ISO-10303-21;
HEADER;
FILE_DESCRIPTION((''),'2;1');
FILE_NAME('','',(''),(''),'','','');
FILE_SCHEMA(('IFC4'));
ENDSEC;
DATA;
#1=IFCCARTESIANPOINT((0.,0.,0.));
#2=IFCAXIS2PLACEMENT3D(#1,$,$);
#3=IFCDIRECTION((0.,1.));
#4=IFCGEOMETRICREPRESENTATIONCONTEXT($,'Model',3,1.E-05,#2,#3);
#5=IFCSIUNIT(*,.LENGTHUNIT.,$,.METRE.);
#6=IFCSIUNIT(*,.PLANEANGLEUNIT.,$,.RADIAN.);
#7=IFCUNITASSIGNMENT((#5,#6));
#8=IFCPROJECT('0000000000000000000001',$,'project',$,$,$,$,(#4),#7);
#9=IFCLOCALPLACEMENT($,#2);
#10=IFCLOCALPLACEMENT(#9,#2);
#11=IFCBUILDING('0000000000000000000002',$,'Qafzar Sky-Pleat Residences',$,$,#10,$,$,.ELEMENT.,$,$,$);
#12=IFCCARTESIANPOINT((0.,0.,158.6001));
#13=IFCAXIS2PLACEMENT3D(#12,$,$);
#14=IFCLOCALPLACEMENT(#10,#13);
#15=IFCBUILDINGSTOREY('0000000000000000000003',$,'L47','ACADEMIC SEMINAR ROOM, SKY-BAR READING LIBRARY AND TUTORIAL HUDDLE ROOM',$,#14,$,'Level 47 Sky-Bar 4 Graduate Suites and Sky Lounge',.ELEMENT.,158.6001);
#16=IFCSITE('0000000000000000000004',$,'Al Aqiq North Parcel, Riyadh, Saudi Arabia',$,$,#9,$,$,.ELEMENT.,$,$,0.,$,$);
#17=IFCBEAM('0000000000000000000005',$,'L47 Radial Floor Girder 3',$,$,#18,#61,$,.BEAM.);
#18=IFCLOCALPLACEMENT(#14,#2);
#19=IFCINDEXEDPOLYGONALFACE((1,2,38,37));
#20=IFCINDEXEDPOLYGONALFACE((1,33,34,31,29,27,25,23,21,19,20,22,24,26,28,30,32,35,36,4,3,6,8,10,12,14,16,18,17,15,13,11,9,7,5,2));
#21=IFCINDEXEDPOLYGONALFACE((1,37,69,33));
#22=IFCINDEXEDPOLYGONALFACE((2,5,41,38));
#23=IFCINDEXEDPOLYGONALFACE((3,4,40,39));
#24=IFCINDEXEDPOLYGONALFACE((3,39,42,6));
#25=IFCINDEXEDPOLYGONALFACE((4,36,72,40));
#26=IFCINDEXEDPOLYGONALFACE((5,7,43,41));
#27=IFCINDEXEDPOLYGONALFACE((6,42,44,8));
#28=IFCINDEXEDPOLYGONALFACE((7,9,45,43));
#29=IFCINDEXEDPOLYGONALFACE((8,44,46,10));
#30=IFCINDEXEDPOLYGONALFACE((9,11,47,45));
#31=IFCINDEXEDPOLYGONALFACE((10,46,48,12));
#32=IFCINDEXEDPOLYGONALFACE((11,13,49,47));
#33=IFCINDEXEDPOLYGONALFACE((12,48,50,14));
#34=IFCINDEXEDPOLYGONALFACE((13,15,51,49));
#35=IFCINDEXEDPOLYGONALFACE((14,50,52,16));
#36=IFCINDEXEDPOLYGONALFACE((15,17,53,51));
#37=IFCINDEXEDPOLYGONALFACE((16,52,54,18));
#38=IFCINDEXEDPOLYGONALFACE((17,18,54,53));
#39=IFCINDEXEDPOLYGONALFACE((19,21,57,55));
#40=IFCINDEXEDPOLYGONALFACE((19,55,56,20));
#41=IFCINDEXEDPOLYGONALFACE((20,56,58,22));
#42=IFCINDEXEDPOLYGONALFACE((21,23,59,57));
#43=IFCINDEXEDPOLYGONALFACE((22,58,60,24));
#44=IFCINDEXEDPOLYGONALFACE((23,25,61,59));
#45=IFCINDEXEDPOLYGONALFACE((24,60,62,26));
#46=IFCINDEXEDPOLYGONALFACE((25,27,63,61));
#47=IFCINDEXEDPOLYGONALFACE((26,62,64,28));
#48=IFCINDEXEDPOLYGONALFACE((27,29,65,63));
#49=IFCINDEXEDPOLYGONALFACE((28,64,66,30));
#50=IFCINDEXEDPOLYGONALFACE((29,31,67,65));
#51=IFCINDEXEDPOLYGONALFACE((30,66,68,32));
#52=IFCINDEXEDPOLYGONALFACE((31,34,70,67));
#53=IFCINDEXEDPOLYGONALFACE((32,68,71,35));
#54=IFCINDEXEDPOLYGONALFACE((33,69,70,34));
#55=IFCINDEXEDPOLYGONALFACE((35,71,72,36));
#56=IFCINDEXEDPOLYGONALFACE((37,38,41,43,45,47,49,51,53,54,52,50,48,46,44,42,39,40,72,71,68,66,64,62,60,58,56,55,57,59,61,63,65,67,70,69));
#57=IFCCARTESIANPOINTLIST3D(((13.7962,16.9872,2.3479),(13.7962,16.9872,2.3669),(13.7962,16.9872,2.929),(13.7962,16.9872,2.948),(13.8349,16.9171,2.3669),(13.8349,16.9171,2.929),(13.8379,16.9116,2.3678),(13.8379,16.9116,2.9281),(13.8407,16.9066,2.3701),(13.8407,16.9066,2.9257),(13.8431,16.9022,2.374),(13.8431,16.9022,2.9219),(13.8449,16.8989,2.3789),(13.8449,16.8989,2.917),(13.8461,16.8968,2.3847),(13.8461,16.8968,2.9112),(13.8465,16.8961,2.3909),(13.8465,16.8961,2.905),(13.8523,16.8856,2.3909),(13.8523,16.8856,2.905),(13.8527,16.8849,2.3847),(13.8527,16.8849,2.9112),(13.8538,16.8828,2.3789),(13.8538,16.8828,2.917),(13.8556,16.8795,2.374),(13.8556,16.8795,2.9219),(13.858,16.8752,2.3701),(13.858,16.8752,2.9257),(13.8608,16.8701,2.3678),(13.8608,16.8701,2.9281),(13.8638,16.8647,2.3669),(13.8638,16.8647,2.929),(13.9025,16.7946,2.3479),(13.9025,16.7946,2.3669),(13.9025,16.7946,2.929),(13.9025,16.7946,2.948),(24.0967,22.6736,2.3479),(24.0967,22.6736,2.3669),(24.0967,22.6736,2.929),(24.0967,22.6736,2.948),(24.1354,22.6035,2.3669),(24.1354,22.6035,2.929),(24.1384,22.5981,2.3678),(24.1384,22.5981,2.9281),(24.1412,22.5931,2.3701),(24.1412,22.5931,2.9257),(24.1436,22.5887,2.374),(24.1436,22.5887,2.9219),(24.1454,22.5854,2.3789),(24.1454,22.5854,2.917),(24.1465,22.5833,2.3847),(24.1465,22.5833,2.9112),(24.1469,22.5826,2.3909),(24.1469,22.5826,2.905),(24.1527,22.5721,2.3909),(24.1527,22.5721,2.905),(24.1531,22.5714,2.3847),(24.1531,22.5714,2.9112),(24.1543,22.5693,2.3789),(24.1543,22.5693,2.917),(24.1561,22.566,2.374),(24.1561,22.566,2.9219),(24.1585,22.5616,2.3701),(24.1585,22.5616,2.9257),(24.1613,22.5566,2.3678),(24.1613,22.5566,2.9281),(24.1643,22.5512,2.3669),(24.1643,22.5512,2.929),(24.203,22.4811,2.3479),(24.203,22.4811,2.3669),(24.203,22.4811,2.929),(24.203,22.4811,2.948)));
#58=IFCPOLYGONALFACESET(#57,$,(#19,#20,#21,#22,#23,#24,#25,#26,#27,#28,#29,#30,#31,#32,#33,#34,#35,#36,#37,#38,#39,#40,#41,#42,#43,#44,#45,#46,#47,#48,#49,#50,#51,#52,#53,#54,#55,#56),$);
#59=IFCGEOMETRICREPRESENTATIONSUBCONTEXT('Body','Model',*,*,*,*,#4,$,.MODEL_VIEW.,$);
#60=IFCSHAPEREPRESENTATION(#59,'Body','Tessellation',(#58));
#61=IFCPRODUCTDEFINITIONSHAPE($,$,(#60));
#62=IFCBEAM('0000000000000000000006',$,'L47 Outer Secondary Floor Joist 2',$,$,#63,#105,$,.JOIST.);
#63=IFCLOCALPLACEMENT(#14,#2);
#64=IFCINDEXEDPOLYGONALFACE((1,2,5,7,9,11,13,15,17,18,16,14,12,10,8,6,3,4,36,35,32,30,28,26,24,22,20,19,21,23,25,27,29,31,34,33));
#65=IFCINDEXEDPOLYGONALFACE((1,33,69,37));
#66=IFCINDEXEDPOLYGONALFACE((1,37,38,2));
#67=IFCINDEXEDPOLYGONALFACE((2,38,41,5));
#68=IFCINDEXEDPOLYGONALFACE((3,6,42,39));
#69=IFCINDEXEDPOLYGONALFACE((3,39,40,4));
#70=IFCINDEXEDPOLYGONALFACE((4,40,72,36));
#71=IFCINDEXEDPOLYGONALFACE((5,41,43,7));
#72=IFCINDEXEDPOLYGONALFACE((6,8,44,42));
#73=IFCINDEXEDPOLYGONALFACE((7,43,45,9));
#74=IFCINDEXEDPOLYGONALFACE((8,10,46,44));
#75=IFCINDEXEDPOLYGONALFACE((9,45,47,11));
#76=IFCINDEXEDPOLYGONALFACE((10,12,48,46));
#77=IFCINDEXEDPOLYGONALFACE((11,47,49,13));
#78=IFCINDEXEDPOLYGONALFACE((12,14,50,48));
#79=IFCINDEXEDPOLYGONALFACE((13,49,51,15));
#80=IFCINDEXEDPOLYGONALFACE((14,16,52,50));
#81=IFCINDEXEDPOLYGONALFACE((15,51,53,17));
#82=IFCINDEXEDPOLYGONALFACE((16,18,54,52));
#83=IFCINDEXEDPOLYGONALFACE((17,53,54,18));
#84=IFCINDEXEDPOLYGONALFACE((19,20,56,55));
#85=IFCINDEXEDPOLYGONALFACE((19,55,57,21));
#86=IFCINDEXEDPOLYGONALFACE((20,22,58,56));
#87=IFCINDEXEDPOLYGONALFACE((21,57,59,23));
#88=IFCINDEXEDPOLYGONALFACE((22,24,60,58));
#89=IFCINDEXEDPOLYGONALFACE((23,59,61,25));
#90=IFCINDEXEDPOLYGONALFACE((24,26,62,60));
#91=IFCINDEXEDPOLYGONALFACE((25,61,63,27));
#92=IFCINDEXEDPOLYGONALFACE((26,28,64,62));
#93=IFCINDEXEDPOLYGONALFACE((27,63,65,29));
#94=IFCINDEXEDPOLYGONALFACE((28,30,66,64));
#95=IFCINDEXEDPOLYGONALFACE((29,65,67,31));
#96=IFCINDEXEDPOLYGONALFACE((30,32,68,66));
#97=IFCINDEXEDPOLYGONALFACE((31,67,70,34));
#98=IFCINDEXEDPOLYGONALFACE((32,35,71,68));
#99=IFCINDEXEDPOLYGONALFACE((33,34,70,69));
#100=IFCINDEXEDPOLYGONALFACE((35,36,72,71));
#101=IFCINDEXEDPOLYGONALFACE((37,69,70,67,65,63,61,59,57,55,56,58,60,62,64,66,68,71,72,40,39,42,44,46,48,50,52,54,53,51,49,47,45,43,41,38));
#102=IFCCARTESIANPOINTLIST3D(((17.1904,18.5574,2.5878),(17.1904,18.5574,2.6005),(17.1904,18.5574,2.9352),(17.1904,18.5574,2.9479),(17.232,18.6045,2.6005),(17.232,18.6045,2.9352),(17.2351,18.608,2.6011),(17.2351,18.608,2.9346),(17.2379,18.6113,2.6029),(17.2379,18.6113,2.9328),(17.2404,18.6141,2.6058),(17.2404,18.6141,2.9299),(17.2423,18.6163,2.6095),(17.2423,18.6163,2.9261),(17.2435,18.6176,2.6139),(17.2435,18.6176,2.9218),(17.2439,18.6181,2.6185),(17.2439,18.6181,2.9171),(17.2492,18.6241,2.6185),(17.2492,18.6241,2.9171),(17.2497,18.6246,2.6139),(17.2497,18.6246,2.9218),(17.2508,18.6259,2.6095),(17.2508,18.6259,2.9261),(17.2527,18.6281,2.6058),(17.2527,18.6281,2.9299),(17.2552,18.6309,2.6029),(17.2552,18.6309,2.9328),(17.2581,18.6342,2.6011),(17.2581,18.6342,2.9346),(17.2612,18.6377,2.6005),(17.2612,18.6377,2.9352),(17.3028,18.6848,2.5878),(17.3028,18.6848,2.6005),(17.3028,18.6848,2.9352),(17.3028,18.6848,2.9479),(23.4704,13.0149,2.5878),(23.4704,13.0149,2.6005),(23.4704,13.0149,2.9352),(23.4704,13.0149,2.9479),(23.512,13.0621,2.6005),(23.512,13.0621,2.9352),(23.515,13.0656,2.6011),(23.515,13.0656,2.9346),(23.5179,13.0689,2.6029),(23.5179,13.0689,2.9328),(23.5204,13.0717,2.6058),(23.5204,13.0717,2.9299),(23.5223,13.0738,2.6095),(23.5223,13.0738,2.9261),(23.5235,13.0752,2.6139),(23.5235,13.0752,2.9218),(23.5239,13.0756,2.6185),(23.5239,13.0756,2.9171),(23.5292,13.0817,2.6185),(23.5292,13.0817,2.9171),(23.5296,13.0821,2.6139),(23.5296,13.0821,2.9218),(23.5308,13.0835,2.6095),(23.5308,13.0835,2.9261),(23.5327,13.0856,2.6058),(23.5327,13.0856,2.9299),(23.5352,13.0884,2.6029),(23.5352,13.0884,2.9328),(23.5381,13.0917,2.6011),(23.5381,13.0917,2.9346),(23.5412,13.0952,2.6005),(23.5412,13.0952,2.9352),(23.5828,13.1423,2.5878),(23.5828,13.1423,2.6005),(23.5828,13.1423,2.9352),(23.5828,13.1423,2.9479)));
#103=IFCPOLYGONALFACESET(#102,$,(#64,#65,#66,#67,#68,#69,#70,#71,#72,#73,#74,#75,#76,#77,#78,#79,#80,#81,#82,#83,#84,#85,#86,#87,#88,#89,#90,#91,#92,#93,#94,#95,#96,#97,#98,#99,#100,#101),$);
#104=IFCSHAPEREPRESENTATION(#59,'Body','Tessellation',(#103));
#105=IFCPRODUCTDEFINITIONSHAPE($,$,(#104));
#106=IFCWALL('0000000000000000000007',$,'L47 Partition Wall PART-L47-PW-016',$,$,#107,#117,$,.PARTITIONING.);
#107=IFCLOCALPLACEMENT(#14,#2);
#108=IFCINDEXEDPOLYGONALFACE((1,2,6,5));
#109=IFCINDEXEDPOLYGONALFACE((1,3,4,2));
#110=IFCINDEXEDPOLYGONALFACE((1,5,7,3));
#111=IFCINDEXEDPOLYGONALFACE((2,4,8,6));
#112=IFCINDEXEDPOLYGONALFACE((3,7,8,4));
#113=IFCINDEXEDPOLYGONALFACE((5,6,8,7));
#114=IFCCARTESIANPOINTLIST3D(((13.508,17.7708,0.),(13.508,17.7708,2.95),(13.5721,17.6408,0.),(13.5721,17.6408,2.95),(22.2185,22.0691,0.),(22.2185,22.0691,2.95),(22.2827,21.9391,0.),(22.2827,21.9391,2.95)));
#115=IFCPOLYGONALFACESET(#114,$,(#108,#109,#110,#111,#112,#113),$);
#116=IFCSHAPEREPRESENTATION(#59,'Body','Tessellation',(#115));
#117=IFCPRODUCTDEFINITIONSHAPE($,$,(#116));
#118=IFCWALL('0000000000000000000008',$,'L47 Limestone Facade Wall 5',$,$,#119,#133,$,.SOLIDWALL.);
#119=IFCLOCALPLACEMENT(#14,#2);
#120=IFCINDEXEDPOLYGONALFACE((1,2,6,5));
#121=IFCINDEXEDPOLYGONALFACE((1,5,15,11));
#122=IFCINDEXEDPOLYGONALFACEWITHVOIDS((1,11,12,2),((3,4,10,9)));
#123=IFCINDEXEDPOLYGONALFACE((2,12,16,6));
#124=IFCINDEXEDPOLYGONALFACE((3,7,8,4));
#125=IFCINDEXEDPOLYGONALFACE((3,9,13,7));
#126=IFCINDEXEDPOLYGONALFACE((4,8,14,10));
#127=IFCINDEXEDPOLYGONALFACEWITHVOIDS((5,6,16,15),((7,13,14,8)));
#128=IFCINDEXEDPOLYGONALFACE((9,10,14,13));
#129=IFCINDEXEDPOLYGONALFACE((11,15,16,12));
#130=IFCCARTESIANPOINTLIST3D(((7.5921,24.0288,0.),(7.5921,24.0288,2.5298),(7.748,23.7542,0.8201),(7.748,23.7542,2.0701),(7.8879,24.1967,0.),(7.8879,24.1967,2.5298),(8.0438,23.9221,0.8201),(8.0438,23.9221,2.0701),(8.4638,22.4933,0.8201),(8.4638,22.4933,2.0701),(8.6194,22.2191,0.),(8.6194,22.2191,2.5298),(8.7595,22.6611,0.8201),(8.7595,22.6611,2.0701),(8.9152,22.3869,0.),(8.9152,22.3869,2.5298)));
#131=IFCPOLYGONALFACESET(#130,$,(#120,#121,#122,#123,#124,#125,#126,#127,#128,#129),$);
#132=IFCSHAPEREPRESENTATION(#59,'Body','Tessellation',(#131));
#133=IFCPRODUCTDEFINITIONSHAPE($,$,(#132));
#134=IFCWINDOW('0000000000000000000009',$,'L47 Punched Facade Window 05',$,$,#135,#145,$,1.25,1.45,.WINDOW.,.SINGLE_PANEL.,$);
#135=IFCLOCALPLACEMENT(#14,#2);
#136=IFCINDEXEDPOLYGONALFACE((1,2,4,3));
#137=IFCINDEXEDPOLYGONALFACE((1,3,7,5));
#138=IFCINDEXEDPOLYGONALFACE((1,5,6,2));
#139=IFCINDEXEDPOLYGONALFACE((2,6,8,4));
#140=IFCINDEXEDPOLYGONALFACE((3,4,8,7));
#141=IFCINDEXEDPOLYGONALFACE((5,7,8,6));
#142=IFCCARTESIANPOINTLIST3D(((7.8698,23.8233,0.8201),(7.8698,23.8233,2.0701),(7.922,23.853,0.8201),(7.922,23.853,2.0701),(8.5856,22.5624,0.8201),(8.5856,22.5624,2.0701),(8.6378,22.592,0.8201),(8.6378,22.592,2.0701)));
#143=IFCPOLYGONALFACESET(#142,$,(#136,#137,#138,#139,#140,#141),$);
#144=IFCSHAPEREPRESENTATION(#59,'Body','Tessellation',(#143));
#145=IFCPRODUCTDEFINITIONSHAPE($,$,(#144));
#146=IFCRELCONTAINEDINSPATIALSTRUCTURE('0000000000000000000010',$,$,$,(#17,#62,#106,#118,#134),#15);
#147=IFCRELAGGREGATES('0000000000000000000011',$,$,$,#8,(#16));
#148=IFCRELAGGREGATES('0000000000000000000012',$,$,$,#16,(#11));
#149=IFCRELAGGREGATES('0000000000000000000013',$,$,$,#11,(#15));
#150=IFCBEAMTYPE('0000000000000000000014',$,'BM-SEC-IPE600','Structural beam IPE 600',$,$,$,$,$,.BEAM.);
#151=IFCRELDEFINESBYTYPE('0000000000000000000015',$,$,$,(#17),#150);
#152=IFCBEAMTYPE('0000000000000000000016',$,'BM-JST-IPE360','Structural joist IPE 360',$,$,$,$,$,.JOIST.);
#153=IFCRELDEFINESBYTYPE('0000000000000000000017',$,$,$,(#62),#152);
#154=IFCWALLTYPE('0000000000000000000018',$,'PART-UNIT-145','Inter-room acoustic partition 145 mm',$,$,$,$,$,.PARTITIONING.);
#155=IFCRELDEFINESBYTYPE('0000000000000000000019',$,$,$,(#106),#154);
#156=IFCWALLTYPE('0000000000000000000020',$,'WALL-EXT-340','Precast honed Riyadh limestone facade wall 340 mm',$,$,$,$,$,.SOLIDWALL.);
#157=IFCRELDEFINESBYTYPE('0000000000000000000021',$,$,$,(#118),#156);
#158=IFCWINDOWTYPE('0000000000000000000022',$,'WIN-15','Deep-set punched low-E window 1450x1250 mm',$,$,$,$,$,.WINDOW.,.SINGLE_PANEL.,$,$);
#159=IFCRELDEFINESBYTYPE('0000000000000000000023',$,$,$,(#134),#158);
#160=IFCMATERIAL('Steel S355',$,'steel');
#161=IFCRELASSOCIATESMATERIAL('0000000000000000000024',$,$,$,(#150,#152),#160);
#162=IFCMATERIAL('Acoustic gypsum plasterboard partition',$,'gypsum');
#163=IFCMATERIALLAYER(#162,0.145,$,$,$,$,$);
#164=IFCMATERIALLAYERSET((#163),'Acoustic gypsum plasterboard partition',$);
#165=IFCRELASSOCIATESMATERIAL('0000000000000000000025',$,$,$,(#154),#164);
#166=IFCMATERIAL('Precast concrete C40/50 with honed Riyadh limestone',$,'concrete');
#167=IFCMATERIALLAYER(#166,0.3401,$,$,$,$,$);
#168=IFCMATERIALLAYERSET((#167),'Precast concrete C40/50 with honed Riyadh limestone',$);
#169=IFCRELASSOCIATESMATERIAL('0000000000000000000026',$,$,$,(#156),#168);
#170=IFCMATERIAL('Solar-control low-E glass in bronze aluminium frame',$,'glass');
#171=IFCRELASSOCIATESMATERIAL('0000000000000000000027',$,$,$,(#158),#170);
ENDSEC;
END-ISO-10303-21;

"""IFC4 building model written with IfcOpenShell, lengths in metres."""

from ifc_helpers import new_model, si_unit, direction, frame, frame_2d, origin, origin_2d, place, context, subcontext, project, spatial, rectangle, i_section, extrude, source, transform, mapped, material, layer, layer_set, material_profile, profile_set, type_object, element, fill, save


model = new_model("IFC4")

# Units and contexts
model_context = context("Model", 3, precision=1e-05, world=origin(), true_north=direction((0.0, 1.0)))
body_context = subcontext(model_context, "Body", "Model", "MODEL_VIEW")
ifc_project = project(units=[si_unit("LENGTHUNIT", "METRE"), si_unit("PLANEANGLEUNIT", "RADIAN")], contexts=[model_context])

# Site, building, storey
site_placement = place(None, origin())
site = spatial("IfcSite", under=ifc_project, at=site_placement, Name="Al Aqiq North Parcel, Riyadh, Saudi Arabia", CompositionType="ELEMENT", RefElevation=0.0)
building_placement = place(site_placement, origin())
building = spatial("IfcBuilding", under=site, at=building_placement, Name="Qafzar Sky-Pleat Residences", CompositionType="ELEMENT")
storey_placement = place(building_placement, frame((0.0, 0.0, 158.6001)))
storey = spatial("IfcBuildingStorey", under=building, at=storey_placement, Name="L47", Description="ACADEMIC SEMINAR ROOM, SKY-BAR READING LIBRARY AND TUTORIAL HUDDLE ROOM", LongName="Level 47 Sky-Bar 4 Graduate Suites and Sky Lounge", CompositionType="ELEMENT", Elevation=158.6001)

# Shared definitions
ifc_material_1 = material(Name="Steel S355", Category="steel")

# Beams
ifc_material_profile_1 = material_profile(ifc_material_1, i_section(OverallWidth=0.22, OverallDepth=0.6001, WebThickness=0.012, FlangeThickness=0.019, FilletRadius=0.0239, at=origin_2d()), Name="IPE 600")
ifc_profile_set_1 = profile_set([ifc_material_profile_1], Name="Steel S355")
beam_type_1 = type_object("IfcBeamType", Name="BM-SEC-IPE600", Description="Structural beam IPE 600", PredefinedType="BEAM", material=ifc_profile_set_1)
shared_shape_1 = source(origin(), body_context, "Body", "SweptSolid", [
    extrude(i_section(OverallWidth=0.22, OverallDepth=0.6001, WebThickness=0.012, FlangeThickness=0.019, FilletRadius=0.0239, at=origin_2d()), origin(), (0.0, 0.0, 1.0), 11.7659),
])
beam_1_placement = place(storey_placement, frame((13.8494, 16.8909, 2.6479), z_axis=(0.875453, 0.483303, 0.0), x_axis=(-0.483303, 0.875453, 0.0)))
element("IfcBeam", 1, at=beam_1_placement, inside=storey, type_object=beam_type_1, Name="L47 Radial Floor Girder 3", PredefinedType="BEAM", context=body_context, shape_type="MappedRepresentation", body=[
    mapped(shared_shape_1, transform((0.0, 0.0, 0.0), x_axis=(1.0, 0.0, 0.0), y_axis=(0.0, 1.0, 0.0), z_axis=(0.0, 0.0, 1.0), scale=1.0)),
])
ifc_material_profile_2 = material_profile(ifc_material_1, i_section(OverallWidth=0.1699, OverallDepth=0.3601, WebThickness=0.0081, FlangeThickness=0.0127, FilletRadius=0.0181, at=origin_2d()), Name="IPE 360")
ifc_profile_set_2 = profile_set([ifc_material_profile_2], Name="Steel S355")
beam_type_2 = type_object("IfcBeamType", Name="BM-JST-IPE360", Description="Structural joist IPE 360", PredefinedType="JOIST", material=ifc_profile_set_2)
shared_shape_2 = source(origin(), body_context, "Body", "SweptSolid", [
    extrude(i_section(OverallWidth=0.1699, OverallDepth=0.3601, WebThickness=0.0081, FlangeThickness=0.0127, FilletRadius=0.0181, at=origin_2d()), origin(), (0.0, 0.0, 1.0), 8.376),
])
beam_2_placement = place(storey_placement, frame((17.2466, 18.6211, 2.7678), z_axis=(0.749762, -0.661707, 0.0), x_axis=(0.661707, 0.749762, 0.0)))
element("IfcBeam", 2, at=beam_2_placement, inside=storey, type_object=beam_type_2, Name="L47 Outer Secondary Floor Joist 2", PredefinedType="JOIST", context=body_context, shape_type="MappedRepresentation", body=[
    mapped(shared_shape_2, transform((0.0, 0.0, 0.0), x_axis=(1.0, 0.0, 0.0), y_axis=(0.0, 1.0, 0.0), z_axis=(0.0, 0.0, 1.0), scale=1.0)),
])

# Wall
ifc_material_2 = material(Name="Acoustic gypsum plasterboard partition", Category="gypsum")
ifc_layer_1 = layer(ifc_material_2, 0.145)
ifc_layer_set_1 = layer_set([ifc_layer_1], Name="Acoustic gypsum plasterboard partition")
wall_type_1 = type_object("IfcWallType", Name="PART-UNIT-145", Description="Inter-room acoustic partition 145 mm", PredefinedType="PARTITIONING", material=ifc_layer_set_1)
wall_1_placement = place(storey_placement, frame((13.54, 17.7058, 0.0), z_axis=(0.0, 0.0, 1.0), x_axis=(0.896762, 0.442512, 0.0)))
element("IfcWall", 3, at=wall_1_placement, inside=storey, type_object=wall_type_1, Name="L47 Partition Wall PART-L47-PW-016", PredefinedType="PARTITIONING", context=body_context, shape_type="SweptSolid", body=[
    extrude(rectangle(XDim=9.7134, YDim=0.145, at=frame_2d((4.8567, 0.0))), origin(), (0.0, 0.0, 1.0), 2.95),
])

# Wall, opening, window
ifc_material_3 = material(Name="Precast concrete C40/50 with honed Riyadh limestone", Category="concrete")
ifc_layer_2 = layer(ifc_material_3, 0.3401)
ifc_layer_set_2 = layer_set([ifc_layer_2], Name="Precast concrete C40/50 with honed Riyadh limestone")
wall_type_2 = type_object("IfcWallType", Name="WALL-EXT-340", Description="Precast honed Riyadh limestone facade wall 340 mm", PredefinedType="SOLIDWALL", material=ifc_layer_set_2)
wall_2_placement = place(storey_placement, frame((7.74, 24.1128, 0.0), z_axis=(0.0, 0.0, 1.0), x_axis=(0.493661, -0.869655, 0.0)))
wall_2 = element("IfcWall", 4, at=wall_2_placement, inside=storey, type_object=wall_type_2, Name="L47 Limestone Facade Wall 5", PredefinedType="SOLIDWALL", context=body_context, shape_type="SweptSolid", body=[
    extrude(rectangle(XDim=2.0811, YDim=0.3401, at=frame_2d((1.0405, 0.0))), origin(), (0.0, 0.0, 1.0), 2.5298),
])
opening_1_placement = place(wall_2_placement, frame((0.3157, 0.0, 0.8201)))
opening_1 = element("IfcOpeningElement", 5, at=opening_1_placement, cuts=wall_2, PredefinedType="OPENING", context=body_context, shape_type="SweptSolid", body=[
    extrude(rectangle(XDim=1.45, YDim=1.25, at=frame_2d((0.7251, 0.625))), frame((0.0, 0.1802, 0.0), z_axis=(0.0, -1.0, 0.0), x_axis=(1.0, 0.0, 0.0)), (0.0, 0.0, 1.0), 0.3601),
])
ifc_material_4 = material(Name="Solar-control low-E glass in bronze aluminium frame", Category="glass")
window_type_1 = type_object("IfcWindowType", Name="WIN-15", Description="Deep-set punched low-E window 1450x1250 mm", PartitioningType="SINGLE_PANEL", PredefinedType="WINDOW", material=ifc_material_4)
shared_shape_3 = source(origin(), body_context, "Body", "SweptSolid", [
    extrude(rectangle(XDim=1.45, YDim=1.25, at=frame_2d((0.7251, 0.625))), frame((0.0, 0.03, 0.0), z_axis=(0.0, -1.0, 0.0), x_axis=(1.0, 0.0, 0.0)), (0.0, 0.0, 1.0), 0.0601),
])
window_1_placement = place(opening_1_placement, origin())
window_1 = element("IfcWindow", 6, at=window_1_placement, inside=storey, type_object=window_type_1, Name="L47 Punched Facade Window 05", OverallHeight=1.25, OverallWidth=1.45, PartitioningType="SINGLE_PANEL", PredefinedType="WINDOW", context=body_context, shape_type="MappedRepresentation", body=[
    mapped(shared_shape_3, transform((0.0, 0.0, 0.0), x_axis=(1.0, 0.0, 0.0), y_axis=(0.0, 1.0, 0.0), z_axis=(0.0, 0.0, 1.0), scale=1.0)),
])
fill(opening_1, window_1)

save(model, "model.ifc")
